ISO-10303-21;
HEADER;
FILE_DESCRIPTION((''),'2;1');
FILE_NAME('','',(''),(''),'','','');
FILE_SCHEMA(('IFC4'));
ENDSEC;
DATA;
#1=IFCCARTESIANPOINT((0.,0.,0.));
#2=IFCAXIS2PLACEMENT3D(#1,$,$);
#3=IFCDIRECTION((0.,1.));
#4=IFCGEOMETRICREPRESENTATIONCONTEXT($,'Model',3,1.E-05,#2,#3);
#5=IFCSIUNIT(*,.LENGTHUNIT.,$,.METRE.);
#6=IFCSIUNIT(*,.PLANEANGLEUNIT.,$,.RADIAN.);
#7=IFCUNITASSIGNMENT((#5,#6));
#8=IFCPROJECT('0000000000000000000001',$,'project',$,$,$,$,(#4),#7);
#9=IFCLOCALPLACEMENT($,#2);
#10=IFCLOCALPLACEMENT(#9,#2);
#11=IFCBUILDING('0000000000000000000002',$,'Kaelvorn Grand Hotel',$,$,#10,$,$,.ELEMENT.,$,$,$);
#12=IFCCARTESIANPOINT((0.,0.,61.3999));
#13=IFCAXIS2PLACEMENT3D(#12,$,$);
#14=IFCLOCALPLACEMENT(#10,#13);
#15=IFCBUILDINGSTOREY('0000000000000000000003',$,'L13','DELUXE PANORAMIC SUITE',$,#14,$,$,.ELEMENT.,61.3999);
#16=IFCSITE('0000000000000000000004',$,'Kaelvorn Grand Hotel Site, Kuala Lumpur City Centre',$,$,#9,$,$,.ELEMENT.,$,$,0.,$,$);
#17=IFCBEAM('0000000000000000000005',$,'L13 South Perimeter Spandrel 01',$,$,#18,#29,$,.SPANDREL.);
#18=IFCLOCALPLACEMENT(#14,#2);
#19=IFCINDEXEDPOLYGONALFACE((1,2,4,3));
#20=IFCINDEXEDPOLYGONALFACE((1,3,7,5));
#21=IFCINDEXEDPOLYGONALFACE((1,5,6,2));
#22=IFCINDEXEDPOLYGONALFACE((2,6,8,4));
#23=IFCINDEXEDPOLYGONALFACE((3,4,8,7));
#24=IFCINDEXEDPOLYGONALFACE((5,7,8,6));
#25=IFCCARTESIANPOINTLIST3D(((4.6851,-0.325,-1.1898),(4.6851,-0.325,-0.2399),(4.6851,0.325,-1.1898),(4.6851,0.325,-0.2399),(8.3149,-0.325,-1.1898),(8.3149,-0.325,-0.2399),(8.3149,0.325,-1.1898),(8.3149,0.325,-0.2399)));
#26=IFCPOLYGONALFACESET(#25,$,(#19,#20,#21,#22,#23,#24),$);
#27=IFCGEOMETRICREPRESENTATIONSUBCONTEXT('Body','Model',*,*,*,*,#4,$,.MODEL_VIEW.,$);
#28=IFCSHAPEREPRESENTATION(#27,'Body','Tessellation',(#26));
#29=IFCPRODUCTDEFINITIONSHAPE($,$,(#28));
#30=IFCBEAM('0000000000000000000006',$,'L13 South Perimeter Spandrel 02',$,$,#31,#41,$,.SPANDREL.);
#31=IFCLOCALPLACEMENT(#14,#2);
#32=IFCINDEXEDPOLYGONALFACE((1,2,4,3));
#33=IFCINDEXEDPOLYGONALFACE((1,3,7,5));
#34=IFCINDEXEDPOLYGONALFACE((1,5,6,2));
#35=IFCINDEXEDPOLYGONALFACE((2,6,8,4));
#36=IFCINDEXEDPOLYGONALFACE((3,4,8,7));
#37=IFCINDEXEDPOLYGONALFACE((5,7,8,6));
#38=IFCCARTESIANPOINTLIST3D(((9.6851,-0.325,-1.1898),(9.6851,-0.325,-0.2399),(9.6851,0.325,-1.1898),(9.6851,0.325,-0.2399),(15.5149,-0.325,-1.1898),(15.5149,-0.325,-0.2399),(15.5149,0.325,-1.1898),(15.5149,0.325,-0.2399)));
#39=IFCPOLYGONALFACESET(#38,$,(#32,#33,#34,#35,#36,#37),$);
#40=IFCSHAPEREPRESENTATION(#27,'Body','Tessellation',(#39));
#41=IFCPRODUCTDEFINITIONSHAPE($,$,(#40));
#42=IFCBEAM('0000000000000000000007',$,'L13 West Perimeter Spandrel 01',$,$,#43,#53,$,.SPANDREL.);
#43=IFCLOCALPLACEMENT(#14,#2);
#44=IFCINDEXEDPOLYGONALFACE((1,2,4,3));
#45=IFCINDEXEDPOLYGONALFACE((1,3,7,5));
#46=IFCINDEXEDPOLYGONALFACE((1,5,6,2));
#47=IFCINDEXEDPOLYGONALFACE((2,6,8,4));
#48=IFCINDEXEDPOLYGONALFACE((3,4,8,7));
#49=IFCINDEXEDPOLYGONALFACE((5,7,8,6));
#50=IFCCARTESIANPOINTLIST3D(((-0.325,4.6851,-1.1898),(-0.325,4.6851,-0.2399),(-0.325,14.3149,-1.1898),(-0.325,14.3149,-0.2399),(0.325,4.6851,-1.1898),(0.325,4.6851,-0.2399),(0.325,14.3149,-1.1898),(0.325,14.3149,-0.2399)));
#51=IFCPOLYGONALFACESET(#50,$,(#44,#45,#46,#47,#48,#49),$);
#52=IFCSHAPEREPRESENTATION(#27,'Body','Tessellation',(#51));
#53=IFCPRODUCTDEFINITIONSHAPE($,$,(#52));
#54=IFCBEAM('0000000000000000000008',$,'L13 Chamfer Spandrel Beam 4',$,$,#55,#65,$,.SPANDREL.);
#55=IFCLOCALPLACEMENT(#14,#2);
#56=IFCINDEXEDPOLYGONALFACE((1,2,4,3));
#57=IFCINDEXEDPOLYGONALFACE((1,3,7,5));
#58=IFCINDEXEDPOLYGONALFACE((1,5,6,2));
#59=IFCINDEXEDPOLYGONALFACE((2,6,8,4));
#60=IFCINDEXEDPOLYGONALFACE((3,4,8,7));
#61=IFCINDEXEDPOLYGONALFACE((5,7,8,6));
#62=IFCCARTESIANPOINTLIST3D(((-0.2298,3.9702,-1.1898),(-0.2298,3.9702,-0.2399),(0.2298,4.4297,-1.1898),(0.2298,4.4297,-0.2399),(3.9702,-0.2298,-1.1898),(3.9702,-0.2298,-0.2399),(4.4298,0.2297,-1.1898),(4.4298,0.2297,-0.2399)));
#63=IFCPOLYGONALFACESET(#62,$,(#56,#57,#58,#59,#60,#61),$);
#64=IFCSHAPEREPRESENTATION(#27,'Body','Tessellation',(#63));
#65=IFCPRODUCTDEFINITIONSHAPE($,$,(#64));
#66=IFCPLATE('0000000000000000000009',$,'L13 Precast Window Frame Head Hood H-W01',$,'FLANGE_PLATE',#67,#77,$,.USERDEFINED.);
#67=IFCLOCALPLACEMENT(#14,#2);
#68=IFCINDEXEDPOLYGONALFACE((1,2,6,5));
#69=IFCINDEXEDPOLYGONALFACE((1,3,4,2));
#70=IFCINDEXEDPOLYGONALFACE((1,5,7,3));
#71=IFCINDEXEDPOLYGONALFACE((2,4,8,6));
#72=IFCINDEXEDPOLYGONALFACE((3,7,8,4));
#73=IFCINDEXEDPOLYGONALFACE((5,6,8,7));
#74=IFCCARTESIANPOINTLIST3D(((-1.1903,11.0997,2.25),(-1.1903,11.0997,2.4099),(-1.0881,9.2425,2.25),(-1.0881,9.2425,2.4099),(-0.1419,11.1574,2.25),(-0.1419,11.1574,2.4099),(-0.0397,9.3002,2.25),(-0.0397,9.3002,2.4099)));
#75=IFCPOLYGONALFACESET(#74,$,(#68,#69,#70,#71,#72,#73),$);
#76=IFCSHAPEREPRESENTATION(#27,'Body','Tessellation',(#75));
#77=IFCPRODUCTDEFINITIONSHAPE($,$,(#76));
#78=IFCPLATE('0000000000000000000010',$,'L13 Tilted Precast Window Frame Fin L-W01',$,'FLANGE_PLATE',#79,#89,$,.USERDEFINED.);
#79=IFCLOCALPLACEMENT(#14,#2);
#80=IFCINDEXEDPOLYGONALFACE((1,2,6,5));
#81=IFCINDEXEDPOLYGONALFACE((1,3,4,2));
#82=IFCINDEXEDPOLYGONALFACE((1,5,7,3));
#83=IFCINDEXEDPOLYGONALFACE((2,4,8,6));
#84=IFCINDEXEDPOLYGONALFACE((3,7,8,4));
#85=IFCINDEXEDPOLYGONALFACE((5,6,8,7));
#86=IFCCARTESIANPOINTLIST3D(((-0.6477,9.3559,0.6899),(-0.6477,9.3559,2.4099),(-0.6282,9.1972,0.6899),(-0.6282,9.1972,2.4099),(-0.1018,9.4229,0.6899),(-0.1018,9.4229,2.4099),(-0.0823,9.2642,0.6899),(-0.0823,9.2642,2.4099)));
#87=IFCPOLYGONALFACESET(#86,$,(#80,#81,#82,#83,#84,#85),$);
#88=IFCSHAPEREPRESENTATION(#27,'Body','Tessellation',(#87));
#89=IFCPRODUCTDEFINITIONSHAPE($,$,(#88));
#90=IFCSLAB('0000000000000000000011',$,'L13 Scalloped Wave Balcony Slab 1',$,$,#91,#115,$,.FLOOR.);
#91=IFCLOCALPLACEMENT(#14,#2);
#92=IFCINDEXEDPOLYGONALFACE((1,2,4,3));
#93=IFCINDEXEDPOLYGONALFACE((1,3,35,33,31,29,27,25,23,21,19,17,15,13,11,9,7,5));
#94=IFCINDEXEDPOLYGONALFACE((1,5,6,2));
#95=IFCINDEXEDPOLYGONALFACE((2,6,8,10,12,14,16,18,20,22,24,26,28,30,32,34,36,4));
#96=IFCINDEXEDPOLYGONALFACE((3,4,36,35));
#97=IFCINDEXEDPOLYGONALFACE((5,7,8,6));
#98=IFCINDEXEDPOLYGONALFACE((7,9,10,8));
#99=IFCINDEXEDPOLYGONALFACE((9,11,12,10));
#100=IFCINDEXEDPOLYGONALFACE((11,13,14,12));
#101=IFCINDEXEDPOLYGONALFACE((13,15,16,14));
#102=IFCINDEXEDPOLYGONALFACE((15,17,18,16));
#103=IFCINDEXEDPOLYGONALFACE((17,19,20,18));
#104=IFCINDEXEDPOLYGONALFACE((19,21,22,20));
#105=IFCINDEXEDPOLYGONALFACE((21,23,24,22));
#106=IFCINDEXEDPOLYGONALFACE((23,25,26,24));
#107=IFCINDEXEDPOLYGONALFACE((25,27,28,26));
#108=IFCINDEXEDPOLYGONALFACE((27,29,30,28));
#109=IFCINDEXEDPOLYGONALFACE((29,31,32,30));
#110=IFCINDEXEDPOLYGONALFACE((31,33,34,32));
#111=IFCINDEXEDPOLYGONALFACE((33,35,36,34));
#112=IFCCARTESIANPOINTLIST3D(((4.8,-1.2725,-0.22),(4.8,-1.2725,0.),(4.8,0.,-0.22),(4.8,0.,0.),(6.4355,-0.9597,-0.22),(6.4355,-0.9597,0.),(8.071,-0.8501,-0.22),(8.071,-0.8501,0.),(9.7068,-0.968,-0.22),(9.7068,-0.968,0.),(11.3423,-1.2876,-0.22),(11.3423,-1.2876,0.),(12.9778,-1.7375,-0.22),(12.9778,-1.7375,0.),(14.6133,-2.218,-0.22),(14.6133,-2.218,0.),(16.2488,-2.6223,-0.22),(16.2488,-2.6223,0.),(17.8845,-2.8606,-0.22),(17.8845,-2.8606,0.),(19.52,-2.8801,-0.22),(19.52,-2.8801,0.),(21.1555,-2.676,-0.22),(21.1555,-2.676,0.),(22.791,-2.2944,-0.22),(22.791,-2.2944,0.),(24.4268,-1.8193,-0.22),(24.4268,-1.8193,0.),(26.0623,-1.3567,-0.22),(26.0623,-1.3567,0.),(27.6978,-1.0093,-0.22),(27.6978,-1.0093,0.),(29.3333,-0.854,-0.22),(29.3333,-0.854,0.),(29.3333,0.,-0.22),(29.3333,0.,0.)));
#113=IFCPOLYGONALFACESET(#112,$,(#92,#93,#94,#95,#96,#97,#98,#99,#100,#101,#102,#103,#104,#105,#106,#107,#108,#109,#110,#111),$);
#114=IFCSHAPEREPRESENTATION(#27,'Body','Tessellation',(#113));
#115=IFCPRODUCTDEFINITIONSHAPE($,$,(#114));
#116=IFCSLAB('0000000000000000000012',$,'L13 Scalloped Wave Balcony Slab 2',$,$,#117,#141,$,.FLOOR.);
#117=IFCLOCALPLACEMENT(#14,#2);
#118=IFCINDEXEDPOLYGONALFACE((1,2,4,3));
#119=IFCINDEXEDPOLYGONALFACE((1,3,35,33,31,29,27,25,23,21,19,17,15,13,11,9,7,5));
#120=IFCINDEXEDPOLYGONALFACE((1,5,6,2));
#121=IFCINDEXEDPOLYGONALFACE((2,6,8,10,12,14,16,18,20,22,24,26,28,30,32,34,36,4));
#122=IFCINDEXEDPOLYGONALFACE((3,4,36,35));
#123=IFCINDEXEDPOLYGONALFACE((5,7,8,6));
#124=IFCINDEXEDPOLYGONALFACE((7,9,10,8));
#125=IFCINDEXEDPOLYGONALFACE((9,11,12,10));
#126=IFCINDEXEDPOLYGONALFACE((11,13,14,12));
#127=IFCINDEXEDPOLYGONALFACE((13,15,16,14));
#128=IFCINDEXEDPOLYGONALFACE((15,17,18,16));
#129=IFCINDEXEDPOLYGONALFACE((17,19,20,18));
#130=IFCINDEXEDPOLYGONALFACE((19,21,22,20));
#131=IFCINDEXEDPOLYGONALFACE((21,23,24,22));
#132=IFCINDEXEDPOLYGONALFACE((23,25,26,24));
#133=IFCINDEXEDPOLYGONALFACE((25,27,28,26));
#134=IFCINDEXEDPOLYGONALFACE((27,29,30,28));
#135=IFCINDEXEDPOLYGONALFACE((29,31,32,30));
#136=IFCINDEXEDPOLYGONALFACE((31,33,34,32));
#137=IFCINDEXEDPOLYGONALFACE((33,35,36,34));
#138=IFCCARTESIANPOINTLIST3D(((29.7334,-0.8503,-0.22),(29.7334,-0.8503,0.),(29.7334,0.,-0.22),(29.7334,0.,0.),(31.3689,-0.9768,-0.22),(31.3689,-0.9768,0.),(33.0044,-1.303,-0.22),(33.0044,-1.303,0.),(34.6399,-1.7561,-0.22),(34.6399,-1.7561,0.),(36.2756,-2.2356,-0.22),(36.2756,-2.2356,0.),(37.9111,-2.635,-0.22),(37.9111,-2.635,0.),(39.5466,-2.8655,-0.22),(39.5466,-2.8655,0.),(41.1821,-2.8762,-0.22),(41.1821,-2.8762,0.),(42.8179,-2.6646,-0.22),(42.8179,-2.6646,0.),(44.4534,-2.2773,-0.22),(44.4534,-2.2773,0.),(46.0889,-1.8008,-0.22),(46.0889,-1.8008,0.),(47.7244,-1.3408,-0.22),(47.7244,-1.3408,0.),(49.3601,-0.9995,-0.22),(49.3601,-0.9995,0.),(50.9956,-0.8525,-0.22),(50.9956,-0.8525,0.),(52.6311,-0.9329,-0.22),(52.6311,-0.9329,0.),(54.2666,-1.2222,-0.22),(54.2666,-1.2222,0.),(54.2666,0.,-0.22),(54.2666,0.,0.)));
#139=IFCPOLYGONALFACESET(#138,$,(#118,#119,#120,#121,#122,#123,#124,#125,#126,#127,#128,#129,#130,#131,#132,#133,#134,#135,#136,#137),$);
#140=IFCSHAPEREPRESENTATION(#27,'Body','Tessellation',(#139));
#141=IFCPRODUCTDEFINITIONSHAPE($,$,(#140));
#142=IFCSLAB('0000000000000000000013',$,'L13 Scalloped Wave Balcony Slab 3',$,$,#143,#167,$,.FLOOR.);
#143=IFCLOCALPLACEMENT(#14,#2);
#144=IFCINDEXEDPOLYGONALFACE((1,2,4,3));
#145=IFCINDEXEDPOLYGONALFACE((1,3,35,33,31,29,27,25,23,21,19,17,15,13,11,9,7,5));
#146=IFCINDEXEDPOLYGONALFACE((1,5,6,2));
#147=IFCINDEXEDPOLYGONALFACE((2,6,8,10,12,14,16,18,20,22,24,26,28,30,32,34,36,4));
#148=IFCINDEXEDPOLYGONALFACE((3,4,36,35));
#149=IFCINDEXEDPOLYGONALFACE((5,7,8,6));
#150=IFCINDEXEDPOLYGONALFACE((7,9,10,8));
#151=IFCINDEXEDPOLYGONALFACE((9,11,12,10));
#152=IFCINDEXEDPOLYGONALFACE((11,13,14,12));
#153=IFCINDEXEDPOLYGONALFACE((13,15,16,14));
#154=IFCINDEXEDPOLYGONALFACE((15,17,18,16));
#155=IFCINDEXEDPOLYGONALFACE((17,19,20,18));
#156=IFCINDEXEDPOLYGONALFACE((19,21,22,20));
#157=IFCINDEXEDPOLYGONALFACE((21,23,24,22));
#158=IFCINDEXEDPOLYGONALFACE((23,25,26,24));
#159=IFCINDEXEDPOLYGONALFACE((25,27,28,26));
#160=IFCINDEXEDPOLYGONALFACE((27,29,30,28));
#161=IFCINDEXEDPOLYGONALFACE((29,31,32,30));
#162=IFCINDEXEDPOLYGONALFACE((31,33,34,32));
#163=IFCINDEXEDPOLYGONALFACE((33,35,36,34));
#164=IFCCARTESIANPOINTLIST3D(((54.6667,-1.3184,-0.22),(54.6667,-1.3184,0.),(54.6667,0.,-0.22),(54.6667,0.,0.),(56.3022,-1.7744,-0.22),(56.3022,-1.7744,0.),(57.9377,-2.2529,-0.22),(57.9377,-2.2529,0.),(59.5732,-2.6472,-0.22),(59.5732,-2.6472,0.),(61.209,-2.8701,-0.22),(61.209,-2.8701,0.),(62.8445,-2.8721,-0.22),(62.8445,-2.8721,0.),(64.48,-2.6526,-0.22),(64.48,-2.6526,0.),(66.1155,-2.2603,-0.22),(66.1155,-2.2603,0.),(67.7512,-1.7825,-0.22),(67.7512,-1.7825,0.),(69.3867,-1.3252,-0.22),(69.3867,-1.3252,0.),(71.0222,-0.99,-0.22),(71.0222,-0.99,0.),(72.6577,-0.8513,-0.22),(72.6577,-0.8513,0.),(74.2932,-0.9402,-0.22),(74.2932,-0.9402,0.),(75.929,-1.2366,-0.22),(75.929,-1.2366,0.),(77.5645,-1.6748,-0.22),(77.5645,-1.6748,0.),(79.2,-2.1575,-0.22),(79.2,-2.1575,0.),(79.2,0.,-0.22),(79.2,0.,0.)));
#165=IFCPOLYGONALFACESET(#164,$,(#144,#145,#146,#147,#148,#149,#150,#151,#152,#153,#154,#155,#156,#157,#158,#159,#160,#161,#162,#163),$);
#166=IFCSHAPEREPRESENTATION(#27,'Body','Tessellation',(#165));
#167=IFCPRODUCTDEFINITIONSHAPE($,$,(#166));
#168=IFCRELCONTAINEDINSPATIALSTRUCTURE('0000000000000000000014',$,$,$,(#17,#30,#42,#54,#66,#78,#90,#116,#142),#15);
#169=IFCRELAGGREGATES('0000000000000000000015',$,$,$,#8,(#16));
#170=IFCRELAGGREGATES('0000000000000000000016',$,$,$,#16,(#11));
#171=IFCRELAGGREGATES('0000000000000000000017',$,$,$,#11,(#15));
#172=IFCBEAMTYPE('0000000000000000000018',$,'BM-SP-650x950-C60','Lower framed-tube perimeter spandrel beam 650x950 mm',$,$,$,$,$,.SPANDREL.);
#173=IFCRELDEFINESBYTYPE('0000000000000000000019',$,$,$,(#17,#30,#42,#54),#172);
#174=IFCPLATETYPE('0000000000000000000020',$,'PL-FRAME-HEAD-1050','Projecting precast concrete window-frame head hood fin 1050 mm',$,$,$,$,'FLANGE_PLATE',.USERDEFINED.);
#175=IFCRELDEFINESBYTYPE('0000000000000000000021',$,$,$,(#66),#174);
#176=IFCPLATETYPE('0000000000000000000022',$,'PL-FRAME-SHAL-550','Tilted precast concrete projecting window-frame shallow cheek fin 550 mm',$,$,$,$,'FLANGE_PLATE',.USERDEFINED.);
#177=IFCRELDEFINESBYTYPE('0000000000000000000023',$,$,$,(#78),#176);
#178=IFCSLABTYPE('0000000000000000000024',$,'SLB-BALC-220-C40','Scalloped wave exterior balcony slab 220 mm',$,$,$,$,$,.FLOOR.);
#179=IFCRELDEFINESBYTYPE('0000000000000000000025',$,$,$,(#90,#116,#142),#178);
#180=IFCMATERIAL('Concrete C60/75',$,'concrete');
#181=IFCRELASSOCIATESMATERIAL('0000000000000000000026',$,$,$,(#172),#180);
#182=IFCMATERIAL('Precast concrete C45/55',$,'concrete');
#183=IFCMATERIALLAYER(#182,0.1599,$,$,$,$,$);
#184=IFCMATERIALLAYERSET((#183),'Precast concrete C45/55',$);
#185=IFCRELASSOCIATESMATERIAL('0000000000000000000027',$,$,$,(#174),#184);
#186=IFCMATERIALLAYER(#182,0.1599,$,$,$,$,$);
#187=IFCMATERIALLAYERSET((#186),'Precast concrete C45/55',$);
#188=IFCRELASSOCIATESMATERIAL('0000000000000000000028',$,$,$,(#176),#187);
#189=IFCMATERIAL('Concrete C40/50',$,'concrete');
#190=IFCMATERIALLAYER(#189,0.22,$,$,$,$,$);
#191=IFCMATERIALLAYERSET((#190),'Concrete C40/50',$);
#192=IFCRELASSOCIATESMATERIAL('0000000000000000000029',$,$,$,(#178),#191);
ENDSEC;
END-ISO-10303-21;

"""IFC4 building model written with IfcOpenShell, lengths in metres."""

from ifc_helpers import new_model, si_unit, direction, frame, origin, origin_2d, place, context, subcontext, project, spatial, polyline, rectangle, outline, extrude, material, layer, layer_set, material_profile, profile_set, type_object, element, save


model = new_model("IFC4")

# Units and contexts
model_context = context("Model", 3, precision=1e-05, world=origin(), true_north=direction((0.0, 1.0)))
body_context = subcontext(model_context, "Body", "Model", "MODEL_VIEW")
ifc_project = project(units=[si_unit("LENGTHUNIT", "METRE"), si_unit("PLANEANGLEUNIT", "RADIAN")], contexts=[model_context])

# Site, building, storey
site_placement = place(None, origin())
site = spatial("IfcSite", under=ifc_project, at=site_placement, Name="Kaelvorn Grand Hotel Site, Kuala Lumpur City Centre", CompositionType="ELEMENT", RefElevation=0.0)
building_placement = place(site_placement, origin())
building = spatial("IfcBuilding", under=site, at=building_placement, Name="Kaelvorn Grand Hotel", CompositionType="ELEMENT")
storey_placement = place(building_placement, frame((0.0, 0.0, 61.3999)))
storey = spatial("IfcBuildingStorey", under=building, at=storey_placement, Name="L13", Description="DELUXE PANORAMIC SUITE", CompositionType="ELEMENT", Elevation=61.3999)

# Beams
ifc_material_1 = material(Name="Concrete C60/75", Category="concrete")
ifc_material_profile_1 = material_profile(ifc_material_1, rectangle(XDim=0.6499, YDim=0.95, at=origin_2d()), Name="RC SPANDREL 650x950")
ifc_profile_set_1 = profile_set([ifc_material_profile_1], Name="Concrete C60/75")
beam_type_1 = type_object("IfcBeamType", Name="BM-SP-650x950-C60", Description="Lower framed-tube perimeter spandrel beam 650x950 mm", PredefinedType="SPANDREL", material=ifc_profile_set_1)
beam_1_placement = place(storey_placement, frame((4.6851, 0.0, -0.7148), z_axis=(1.0, 0.0, 0.0), x_axis=(0.0, 1.0, 0.0)))
element("IfcBeam", 1, at=beam_1_placement, inside=storey, type_object=beam_type_1, Name="L13 South Perimeter Spandrel 01", PredefinedType="SPANDREL", context=body_context, shape_type="SweptSolid", body=[
    extrude(rectangle(XDim=0.6499, YDim=0.95, at=origin_2d()), origin(), (0.0, 0.0, 1.0), 3.6299),
])
beam_2_placement = place(storey_placement, frame((9.6851, 0.0, -0.7148), z_axis=(1.0, 0.0, 0.0), x_axis=(0.0, 1.0, 0.0)))
element("IfcBeam", 2, at=beam_2_placement, inside=storey, type_object=beam_type_1, Name="L13 South Perimeter Spandrel 02", PredefinedType="SPANDREL", context=body_context, shape_type="SweptSolid", body=[
    extrude(rectangle(XDim=0.6499, YDim=0.95, at=origin_2d()), origin(), (0.0, 0.0, 1.0), 5.8298),
])
beam_3_placement = place(storey_placement, frame((0.0, 4.6851, -0.7148), z_axis=(0.0, 1.0, 0.0), x_axis=(-1.0, 0.0, 0.0)))
element("IfcBeam", 3, at=beam_3_placement, inside=storey, type_object=beam_type_1, Name="L13 West Perimeter Spandrel 01", PredefinedType="SPANDREL", context=body_context, shape_type="SweptSolid", body=[
    extrude(rectangle(XDim=0.6499, YDim=0.95, at=origin_2d()), origin(), (0.0, 0.0, 1.0), 9.6299),
])
beam_4_placement = place(storey_placement, frame((0.0, 4.2, -0.7148), z_axis=(0.707107, -0.707107, 0.0), x_axis=(0.707107, 0.707107, 0.0)))
element("IfcBeam", 4, at=beam_4_placement, inside=storey, type_object=beam_type_1, Name="L13 Chamfer Spandrel Beam 4", PredefinedType="SPANDREL", context=body_context, shape_type="SweptSolid", body=[
    extrude(rectangle(XDim=0.6499, YDim=0.95, at=origin_2d()), origin(), (0.0, 0.0, 1.0), 5.9397),
])

# Plates
ifc_material_2 = material(Name="Precast concrete C45/55", Category="concrete")
ifc_layer_1 = layer(ifc_material_2, 0.1599)
ifc_layer_set_1 = layer_set([ifc_layer_1], Name="Precast concrete C45/55")
plate_type_1 = type_object("IfcPlateType", Name="PL-FRAME-HEAD-1050", Description="Projecting precast concrete window-frame head hood fin 1050 mm", ElementType="FLANGE_PLATE", PredefinedType="USERDEFINED", material=ifc_layer_set_1)
plate_1_placement = place(storey_placement, frame((-0.615, 10.2, 2.25), z_axis=(0.0, 0.0, 1.0), x_axis=(-0.05495, 0.998489, 0.0)))
element("IfcPlate", 5, at=plate_1_placement, inside=storey, type_object=plate_type_1, Name="L13 Precast Window Frame Head Hood H-W01", ObjectType="FLANGE_PLATE", PredefinedType="USERDEFINED", context=body_context, shape_type="SweptSolid", body=[
    extrude(rectangle(XDim=1.8601, YDim=1.05, at=origin_2d()), origin(), (0.0, 0.0, 1.0), 0.1599),
])
ifc_layer_2 = layer(ifc_material_2, 0.1599)
ifc_layer_set_2 = layer_set([ifc_layer_2], Name="Precast concrete C45/55")
plate_type_2 = type_object("IfcPlateType", Name="PL-FRAME-SHAL-550", Description="Tilted precast concrete projecting window-frame shallow cheek fin 550 mm", ElementType="FLANGE_PLATE", PredefinedType="USERDEFINED", material=ifc_layer_set_2)
plate_2_placement = place(storey_placement, frame((-0.365, 9.3101, 0.6899), z_axis=(0.0, 0.0, 1.0), x_axis=(-0.121869, 0.992546, 0.0)))
element("IfcPlate", 6, at=plate_2_placement, inside=storey, type_object=plate_type_2, Name="L13 Tilted Precast Window Frame Fin L-W01", ObjectType="FLANGE_PLATE", PredefinedType="USERDEFINED", context=body_context, shape_type="SweptSolid", body=[
    extrude(rectangle(XDim=0.1599, YDim=0.55, at=origin_2d()), origin(), (0.0, 0.0, 1.0), 1.72),
])

# Slabs
ifc_material_3 = material(Name="Concrete C40/50", Category="concrete")
ifc_layer_3 = layer(ifc_material_3, 0.22)
ifc_layer_set_3 = layer_set([ifc_layer_3], Name="Concrete C40/50")
slab_type_1 = type_object("IfcSlabType", Name="SLB-BALC-220-C40", Description="Scalloped wave exterior balcony slab 220 mm", PredefinedType="FLOOR", material=ifc_layer_set_3)
slab_1_placement = place(storey_placement, frame((0.0, 0.0, -0.22)))
element("IfcSlab", 7, at=slab_1_placement, inside=storey, type_object=slab_type_1, Name="L13 Scalloped Wave Balcony Slab 1", PredefinedType="FLOOR", context=body_context, shape_type="SweptSolid", body=[
    extrude(outline(polyline([(4.8, -1.2725), (6.4355, -0.9597), (8.071, -0.8501), (9.7068, -0.968), (11.3423, -1.2876), (12.9778, -1.7375), (14.6133, -2.218), (16.2488, -2.6223), (17.8845, -2.8606), (19.52, -2.8801), (21.1555, -2.676), (22.791, -2.2944), (24.4268, -1.8193), (26.0623, -1.3567), (27.6978, -1.0093), (29.3333, -0.854), (29.3333, 0.0), (4.8, 0.0), (4.8, -1.2725)])), origin(), (0.0, 0.0, 1.0), 0.22),
])
slab_2_placement = place(storey_placement, frame((0.0, 0.0, -0.22)))
element("IfcSlab", 8, at=slab_2_placement, inside=storey, type_object=slab_type_1, Name="L13 Scalloped Wave Balcony Slab 2", PredefinedType="FLOOR", context=body_context, shape_type="SweptSolid", body=[
    extrude(outline(polyline([(29.7334, -0.8503), (31.3689, -0.9768), (33.0044, -1.303), (34.6399, -1.7561), (36.2756, -2.2356), (37.9111, -2.635), (39.5466, -2.8655), (41.1821, -2.8762), (42.8179, -2.6646), (44.4534, -2.2773), (46.0889, -1.8008), (47.7244, -1.3408), (49.3601, -0.9995), (50.9956, -0.8525), (52.6311, -0.9329), (54.2666, -1.2222), (54.2666, 0.0), (29.7334, 0.0), (29.7334, -0.8503)])), origin(), (0.0, 0.0, 1.0), 0.22),
])
slab_3_placement = place(storey_placement, frame((0.0, 0.0, -0.22)))
element("IfcSlab", 9, at=slab_3_placement, inside=storey, type_object=slab_type_1, Name="L13 Scalloped Wave Balcony Slab 3", PredefinedType="FLOOR", context=body_context, shape_type="SweptSolid", body=[
    extrude(outline(polyline([(54.6667, -1.3184), (56.3022, -1.7744), (57.9377, -2.2529), (59.5732, -2.6472), (61.209, -2.8701), (62.8445, -2.8721), (64.48, -2.6526), (66.1155, -2.2603), (67.7512, -1.7825), (69.3867, -1.3252), (71.0222, -0.99), (72.6577, -0.8513), (74.2932, -0.9402), (75.929, -1.2366), (77.5645, -1.6748), (79.2, -2.1575), (79.2, 0.0), (54.6667, 0.0), (54.6667, -1.3184)])), origin(), (0.0, 0.0, 1.0), 0.22),
])

save(model, "model.ifc")
